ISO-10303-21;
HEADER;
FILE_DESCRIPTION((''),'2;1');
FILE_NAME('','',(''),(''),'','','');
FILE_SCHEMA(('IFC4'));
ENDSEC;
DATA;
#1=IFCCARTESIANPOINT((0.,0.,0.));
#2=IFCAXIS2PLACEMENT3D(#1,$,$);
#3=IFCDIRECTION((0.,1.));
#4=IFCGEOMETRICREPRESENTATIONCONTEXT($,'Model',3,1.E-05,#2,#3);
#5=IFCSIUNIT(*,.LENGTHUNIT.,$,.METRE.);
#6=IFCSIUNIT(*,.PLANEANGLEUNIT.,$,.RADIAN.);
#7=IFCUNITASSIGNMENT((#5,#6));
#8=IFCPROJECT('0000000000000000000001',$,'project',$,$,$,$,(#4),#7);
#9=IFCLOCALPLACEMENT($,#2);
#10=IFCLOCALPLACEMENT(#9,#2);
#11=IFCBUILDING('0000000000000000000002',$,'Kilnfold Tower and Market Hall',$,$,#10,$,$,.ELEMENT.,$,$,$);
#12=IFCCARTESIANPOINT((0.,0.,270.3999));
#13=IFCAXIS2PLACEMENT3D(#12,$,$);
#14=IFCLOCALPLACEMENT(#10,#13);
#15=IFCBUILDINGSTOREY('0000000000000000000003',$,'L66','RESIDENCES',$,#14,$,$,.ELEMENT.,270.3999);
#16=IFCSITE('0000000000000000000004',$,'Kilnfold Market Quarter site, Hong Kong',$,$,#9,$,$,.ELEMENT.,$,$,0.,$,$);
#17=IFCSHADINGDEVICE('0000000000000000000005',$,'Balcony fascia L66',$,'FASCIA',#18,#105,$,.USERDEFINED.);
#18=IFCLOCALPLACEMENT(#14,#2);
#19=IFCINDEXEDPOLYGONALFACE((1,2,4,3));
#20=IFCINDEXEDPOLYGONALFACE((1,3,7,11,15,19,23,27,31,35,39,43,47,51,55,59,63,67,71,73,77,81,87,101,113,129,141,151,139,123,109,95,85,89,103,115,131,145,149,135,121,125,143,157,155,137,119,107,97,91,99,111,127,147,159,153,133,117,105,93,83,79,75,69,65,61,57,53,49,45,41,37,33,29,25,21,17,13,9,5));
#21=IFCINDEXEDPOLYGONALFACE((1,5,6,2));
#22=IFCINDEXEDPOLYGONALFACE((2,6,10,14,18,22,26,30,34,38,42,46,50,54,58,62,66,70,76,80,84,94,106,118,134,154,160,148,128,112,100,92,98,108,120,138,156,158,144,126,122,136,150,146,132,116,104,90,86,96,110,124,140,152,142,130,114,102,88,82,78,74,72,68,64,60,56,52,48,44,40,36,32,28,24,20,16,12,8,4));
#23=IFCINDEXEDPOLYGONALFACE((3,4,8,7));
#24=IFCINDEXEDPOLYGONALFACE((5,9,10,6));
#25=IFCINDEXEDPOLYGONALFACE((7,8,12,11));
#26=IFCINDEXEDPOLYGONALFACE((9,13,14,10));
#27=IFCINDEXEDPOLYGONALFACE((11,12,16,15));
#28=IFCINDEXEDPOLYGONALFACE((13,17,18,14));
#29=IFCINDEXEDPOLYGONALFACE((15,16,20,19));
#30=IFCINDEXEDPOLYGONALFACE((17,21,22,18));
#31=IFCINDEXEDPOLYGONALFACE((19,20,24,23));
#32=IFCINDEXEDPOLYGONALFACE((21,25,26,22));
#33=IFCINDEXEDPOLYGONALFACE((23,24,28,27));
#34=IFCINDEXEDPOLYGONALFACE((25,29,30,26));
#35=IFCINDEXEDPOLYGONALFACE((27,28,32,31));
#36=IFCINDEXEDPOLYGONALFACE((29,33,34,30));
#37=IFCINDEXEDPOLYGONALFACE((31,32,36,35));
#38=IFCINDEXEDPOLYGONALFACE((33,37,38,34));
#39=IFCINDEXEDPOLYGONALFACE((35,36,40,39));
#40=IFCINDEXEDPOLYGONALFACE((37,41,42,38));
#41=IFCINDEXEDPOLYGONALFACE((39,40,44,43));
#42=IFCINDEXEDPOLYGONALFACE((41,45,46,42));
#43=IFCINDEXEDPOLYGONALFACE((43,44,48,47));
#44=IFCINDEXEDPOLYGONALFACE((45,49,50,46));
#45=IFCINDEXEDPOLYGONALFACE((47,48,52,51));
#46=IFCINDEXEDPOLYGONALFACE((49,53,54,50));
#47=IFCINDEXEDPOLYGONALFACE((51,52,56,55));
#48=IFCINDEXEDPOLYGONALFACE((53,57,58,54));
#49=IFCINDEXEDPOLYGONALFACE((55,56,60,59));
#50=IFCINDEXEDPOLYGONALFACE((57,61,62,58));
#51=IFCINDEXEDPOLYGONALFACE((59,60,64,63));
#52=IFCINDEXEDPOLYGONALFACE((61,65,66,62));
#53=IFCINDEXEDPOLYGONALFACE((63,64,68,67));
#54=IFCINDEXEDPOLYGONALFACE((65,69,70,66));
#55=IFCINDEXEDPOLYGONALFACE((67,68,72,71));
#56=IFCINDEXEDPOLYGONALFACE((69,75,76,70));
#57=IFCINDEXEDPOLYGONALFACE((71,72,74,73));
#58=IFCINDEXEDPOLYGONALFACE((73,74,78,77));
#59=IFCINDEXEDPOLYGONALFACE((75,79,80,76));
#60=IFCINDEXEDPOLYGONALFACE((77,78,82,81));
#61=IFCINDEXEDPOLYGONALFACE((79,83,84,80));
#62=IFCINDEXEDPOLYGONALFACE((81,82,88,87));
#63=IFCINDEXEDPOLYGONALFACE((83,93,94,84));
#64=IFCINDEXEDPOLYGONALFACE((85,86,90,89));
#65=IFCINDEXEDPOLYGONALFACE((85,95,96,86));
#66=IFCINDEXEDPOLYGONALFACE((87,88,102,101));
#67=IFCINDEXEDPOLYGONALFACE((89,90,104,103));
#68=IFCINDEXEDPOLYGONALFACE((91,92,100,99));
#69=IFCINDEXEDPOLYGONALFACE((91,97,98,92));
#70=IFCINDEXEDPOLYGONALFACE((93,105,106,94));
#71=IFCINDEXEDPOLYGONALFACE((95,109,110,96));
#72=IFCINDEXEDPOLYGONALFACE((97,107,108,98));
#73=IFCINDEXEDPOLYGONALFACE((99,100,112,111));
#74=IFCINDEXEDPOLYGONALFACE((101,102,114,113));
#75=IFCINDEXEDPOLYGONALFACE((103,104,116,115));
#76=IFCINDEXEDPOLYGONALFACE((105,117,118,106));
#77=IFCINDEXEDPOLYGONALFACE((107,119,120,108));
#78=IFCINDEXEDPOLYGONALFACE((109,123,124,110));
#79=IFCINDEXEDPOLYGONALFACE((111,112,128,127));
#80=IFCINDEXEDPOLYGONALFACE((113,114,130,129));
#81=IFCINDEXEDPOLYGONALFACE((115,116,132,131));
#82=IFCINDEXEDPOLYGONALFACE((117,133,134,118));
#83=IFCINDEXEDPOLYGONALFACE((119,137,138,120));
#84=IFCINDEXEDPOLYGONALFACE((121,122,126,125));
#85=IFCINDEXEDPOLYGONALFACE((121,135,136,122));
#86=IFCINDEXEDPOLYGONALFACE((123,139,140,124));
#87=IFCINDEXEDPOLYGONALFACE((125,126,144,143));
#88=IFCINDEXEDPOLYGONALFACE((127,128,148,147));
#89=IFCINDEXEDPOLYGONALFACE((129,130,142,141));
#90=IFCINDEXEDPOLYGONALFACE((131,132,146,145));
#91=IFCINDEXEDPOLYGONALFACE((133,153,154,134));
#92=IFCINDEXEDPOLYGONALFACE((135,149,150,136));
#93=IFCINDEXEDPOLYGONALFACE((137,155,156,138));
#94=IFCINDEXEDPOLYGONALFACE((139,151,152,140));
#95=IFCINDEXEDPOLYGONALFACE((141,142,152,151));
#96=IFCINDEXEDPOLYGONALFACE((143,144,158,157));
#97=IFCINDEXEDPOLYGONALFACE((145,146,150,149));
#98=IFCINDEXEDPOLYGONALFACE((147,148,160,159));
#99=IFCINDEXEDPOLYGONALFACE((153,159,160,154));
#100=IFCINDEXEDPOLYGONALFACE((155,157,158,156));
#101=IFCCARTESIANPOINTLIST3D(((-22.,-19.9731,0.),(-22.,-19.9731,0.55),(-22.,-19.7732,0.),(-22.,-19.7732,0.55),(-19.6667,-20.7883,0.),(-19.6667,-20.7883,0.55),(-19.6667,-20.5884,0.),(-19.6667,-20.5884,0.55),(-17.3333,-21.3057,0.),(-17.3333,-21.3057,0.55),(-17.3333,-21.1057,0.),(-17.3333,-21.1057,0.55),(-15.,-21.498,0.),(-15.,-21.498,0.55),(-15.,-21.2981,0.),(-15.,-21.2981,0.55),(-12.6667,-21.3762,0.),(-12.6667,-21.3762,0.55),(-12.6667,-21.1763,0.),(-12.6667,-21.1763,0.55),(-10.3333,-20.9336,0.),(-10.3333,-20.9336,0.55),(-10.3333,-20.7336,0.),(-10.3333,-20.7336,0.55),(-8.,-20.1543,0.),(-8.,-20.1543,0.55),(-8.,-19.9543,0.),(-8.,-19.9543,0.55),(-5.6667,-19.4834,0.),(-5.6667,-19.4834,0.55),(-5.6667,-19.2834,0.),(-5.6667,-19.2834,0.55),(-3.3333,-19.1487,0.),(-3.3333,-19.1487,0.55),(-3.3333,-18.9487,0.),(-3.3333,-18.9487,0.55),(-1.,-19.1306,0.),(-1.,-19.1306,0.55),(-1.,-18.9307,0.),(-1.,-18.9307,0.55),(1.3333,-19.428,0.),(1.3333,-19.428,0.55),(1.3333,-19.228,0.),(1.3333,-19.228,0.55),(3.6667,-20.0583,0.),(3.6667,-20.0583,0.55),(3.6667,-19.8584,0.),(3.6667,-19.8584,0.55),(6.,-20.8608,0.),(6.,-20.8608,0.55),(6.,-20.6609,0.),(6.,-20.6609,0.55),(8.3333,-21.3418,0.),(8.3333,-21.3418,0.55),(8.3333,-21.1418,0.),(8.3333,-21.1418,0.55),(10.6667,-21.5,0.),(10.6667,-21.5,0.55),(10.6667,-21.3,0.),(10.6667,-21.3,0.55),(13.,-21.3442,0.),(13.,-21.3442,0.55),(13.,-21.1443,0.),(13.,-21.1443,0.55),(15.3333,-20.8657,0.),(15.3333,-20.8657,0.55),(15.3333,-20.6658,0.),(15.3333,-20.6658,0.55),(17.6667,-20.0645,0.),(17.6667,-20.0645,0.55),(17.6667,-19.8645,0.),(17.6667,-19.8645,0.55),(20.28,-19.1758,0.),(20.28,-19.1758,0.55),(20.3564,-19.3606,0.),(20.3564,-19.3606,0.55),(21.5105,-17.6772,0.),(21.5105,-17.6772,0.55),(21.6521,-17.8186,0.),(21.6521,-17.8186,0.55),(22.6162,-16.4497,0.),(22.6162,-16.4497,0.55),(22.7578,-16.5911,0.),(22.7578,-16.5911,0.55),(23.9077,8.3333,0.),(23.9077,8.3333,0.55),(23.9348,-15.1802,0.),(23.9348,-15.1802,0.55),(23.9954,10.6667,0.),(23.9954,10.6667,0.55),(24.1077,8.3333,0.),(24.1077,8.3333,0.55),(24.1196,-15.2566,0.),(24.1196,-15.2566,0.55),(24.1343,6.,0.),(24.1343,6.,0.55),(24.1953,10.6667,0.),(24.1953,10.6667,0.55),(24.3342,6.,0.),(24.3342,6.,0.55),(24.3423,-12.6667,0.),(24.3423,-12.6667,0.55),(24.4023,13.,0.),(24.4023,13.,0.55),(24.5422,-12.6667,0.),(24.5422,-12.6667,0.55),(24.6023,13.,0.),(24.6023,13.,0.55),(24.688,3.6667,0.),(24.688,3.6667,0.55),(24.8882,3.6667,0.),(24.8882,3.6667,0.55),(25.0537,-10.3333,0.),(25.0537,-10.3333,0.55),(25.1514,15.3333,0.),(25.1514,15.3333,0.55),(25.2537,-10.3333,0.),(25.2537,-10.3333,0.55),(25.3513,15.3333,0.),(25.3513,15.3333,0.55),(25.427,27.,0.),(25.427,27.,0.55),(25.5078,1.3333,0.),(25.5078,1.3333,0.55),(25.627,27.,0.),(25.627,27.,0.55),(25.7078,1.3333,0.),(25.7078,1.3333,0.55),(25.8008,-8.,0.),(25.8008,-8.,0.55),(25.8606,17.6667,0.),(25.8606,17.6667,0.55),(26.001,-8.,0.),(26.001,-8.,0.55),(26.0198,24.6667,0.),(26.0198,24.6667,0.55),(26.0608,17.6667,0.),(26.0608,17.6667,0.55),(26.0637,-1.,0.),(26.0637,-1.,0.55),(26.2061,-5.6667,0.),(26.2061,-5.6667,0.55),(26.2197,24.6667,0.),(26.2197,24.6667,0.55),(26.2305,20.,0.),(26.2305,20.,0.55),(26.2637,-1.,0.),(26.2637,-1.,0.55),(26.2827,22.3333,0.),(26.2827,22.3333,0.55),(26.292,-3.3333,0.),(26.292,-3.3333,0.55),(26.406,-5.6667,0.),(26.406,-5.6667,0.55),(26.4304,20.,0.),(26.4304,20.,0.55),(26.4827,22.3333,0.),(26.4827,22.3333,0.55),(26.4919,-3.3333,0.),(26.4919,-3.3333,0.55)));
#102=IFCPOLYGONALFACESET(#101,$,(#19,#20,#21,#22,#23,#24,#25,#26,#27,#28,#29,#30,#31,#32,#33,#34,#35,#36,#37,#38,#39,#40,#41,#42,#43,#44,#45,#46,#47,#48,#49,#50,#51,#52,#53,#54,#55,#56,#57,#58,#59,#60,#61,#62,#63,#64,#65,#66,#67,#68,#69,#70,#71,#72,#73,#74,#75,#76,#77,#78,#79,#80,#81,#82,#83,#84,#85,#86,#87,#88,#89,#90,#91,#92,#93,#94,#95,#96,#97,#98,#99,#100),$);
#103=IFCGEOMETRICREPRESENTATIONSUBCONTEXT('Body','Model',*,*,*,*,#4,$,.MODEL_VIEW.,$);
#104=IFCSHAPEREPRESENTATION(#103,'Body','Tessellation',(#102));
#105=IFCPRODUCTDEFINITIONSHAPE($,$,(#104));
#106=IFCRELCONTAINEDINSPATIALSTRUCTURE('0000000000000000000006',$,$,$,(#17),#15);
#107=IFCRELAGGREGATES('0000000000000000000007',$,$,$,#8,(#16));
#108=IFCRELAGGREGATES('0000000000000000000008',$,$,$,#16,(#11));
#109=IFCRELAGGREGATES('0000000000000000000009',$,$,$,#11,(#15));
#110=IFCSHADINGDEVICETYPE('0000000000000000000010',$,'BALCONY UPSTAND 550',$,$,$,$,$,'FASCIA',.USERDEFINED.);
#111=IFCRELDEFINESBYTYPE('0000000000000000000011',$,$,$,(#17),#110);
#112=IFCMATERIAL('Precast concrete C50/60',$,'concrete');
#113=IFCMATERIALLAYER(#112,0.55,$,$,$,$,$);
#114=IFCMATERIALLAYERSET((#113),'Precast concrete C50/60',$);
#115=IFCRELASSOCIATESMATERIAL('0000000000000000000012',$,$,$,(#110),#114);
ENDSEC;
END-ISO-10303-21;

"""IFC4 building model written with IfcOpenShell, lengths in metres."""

from ifc_helpers import new_model, si_unit, direction, frame, origin, place, context, subcontext, project, spatial, polyline, outline, extrude, source, transform, mapped, material, layer, layer_set, type_object, element, save


model = new_model("IFC4")

# Units and contexts
model_context = context("Model", 3, precision=1e-05, world=origin(), true_north=direction((0.0, 1.0)))
body_context = subcontext(model_context, "Body", "Model", "MODEL_VIEW")
ifc_project = project(units=[si_unit("LENGTHUNIT", "METRE"), si_unit("PLANEANGLEUNIT", "RADIAN")], contexts=[model_context])

# Site, building, storey
site_placement = place(None, origin())
site = spatial("IfcSite", under=ifc_project, at=site_placement, Name="Kilnfold Market Quarter site, Hong Kong", CompositionType="ELEMENT", RefElevation=0.0)
building_placement = place(site_placement, origin())
building = spatial("IfcBuilding", under=site, at=building_placement, Name="Kilnfold Tower and Market Hall", CompositionType="ELEMENT")
storey_placement = place(building_placement, frame((0.0, 0.0, 270.3999)))
storey = spatial("IfcBuildingStorey", under=building, at=storey_placement, Name="L66", Description="RESIDENCES", CompositionType="ELEMENT", Elevation=270.3999)

# Shading device
ifc_material_1 = material(Name="Precast concrete C50/60", Category="concrete")
ifc_layer_1 = layer(ifc_material_1, 0.55)
ifc_layer_set_1 = layer_set([ifc_layer_1], Name="Precast concrete C50/60")
shading_device_type_1 = type_object("IfcShadingDeviceType", Name="BALCONY UPSTAND 550", ElementType="FASCIA", PredefinedType="USERDEFINED", material=ifc_layer_set_1)
shared_shape_1 = source(origin(), body_context, "Body", "SweptSolid", [
    extrude(outline(polyline([(-22.0, -19.9731), (-19.6667, -20.7883), (-17.3333, -21.3057), (-15.0, -21.498), (-12.6667, -21.3762), (-10.3333, -20.9336), (-8.0, -20.1543), (-5.6667, -19.4834), (-3.3333, -19.1487), (-1.0, -19.1306), (1.3333, -19.428), (3.6667, -20.0583), (6.0, -20.8608), (8.3333, -21.3418), (10.6667, -21.5), (13.0, -21.3442), (15.3333, -20.8657), (17.6667, -20.0645), (20.3564, -19.3606), (21.6521, -17.8186), (22.7578, -16.5911), (24.1196, -15.2566), (24.5422, -12.6667), (25.2537, -10.3333), (26.001, -8.0), (26.406, -5.6667), (26.4919, -3.3333), (26.2637, -1.0), (25.7078, 1.3333), (24.8882, 3.6667), (24.3342, 6.0), (24.1077, 8.3333), (24.1953, 10.6667), (24.6023, 13.0), (25.3513, 15.3333), (26.0608, 17.6667), (26.4304, 20.0), (26.4827, 22.3333), (26.2197, 24.6667), (25.627, 27.0), (25.427, 27.0), (26.0198, 24.6667), (26.2827, 22.3333), (26.2305, 20.0), (25.8606, 17.6667), (25.1514, 15.3333), (24.4023, 13.0), (23.9954, 10.6667), (23.9077, 8.3333), (24.1343, 6.0), (24.688, 3.6667), (25.5078, 1.3333), (26.0637, -1.0), (26.292, -3.3333), (26.2061, -5.6667), (25.8008, -8.0), (25.0537, -10.3333), (24.3423, -12.6667), (23.9348, -15.1802), (22.6162, -16.4497), (21.5105, -17.6772), (20.28, -19.1758), (17.6667, -19.8645), (15.3333, -20.6658), (13.0, -21.1443), (10.6667, -21.3), (8.3333, -21.1418), (6.0, -20.6609), (3.6667, -19.8584), (1.3333, -19.228), (-1.0, -18.9307), (-3.3333, -18.9487), (-5.6667, -19.2834), (-8.0, -19.9543), (-10.3333, -20.7336), (-12.6667, -21.1763), (-15.0, -21.2981), (-17.3333, -21.1057), (-19.6667, -20.5884), (-22.0, -19.7732), (-22.0, -19.9731)])), origin(), (0.0, 0.0, 1.0), 0.55),
])
shading_device_1_placement = place(storey_placement, origin())
element("IfcShadingDevice", 1, at=shading_device_1_placement, inside=storey, type_object=shading_device_type_1, Name="Balcony fascia L66", ObjectType="FASCIA", PredefinedType="USERDEFINED", context=body_context, shape_type="MappedRepresentation", body=[
    mapped(shared_shape_1, transform((0.0, 0.0, 0.0))),
])

save(model, "model.ifc")
